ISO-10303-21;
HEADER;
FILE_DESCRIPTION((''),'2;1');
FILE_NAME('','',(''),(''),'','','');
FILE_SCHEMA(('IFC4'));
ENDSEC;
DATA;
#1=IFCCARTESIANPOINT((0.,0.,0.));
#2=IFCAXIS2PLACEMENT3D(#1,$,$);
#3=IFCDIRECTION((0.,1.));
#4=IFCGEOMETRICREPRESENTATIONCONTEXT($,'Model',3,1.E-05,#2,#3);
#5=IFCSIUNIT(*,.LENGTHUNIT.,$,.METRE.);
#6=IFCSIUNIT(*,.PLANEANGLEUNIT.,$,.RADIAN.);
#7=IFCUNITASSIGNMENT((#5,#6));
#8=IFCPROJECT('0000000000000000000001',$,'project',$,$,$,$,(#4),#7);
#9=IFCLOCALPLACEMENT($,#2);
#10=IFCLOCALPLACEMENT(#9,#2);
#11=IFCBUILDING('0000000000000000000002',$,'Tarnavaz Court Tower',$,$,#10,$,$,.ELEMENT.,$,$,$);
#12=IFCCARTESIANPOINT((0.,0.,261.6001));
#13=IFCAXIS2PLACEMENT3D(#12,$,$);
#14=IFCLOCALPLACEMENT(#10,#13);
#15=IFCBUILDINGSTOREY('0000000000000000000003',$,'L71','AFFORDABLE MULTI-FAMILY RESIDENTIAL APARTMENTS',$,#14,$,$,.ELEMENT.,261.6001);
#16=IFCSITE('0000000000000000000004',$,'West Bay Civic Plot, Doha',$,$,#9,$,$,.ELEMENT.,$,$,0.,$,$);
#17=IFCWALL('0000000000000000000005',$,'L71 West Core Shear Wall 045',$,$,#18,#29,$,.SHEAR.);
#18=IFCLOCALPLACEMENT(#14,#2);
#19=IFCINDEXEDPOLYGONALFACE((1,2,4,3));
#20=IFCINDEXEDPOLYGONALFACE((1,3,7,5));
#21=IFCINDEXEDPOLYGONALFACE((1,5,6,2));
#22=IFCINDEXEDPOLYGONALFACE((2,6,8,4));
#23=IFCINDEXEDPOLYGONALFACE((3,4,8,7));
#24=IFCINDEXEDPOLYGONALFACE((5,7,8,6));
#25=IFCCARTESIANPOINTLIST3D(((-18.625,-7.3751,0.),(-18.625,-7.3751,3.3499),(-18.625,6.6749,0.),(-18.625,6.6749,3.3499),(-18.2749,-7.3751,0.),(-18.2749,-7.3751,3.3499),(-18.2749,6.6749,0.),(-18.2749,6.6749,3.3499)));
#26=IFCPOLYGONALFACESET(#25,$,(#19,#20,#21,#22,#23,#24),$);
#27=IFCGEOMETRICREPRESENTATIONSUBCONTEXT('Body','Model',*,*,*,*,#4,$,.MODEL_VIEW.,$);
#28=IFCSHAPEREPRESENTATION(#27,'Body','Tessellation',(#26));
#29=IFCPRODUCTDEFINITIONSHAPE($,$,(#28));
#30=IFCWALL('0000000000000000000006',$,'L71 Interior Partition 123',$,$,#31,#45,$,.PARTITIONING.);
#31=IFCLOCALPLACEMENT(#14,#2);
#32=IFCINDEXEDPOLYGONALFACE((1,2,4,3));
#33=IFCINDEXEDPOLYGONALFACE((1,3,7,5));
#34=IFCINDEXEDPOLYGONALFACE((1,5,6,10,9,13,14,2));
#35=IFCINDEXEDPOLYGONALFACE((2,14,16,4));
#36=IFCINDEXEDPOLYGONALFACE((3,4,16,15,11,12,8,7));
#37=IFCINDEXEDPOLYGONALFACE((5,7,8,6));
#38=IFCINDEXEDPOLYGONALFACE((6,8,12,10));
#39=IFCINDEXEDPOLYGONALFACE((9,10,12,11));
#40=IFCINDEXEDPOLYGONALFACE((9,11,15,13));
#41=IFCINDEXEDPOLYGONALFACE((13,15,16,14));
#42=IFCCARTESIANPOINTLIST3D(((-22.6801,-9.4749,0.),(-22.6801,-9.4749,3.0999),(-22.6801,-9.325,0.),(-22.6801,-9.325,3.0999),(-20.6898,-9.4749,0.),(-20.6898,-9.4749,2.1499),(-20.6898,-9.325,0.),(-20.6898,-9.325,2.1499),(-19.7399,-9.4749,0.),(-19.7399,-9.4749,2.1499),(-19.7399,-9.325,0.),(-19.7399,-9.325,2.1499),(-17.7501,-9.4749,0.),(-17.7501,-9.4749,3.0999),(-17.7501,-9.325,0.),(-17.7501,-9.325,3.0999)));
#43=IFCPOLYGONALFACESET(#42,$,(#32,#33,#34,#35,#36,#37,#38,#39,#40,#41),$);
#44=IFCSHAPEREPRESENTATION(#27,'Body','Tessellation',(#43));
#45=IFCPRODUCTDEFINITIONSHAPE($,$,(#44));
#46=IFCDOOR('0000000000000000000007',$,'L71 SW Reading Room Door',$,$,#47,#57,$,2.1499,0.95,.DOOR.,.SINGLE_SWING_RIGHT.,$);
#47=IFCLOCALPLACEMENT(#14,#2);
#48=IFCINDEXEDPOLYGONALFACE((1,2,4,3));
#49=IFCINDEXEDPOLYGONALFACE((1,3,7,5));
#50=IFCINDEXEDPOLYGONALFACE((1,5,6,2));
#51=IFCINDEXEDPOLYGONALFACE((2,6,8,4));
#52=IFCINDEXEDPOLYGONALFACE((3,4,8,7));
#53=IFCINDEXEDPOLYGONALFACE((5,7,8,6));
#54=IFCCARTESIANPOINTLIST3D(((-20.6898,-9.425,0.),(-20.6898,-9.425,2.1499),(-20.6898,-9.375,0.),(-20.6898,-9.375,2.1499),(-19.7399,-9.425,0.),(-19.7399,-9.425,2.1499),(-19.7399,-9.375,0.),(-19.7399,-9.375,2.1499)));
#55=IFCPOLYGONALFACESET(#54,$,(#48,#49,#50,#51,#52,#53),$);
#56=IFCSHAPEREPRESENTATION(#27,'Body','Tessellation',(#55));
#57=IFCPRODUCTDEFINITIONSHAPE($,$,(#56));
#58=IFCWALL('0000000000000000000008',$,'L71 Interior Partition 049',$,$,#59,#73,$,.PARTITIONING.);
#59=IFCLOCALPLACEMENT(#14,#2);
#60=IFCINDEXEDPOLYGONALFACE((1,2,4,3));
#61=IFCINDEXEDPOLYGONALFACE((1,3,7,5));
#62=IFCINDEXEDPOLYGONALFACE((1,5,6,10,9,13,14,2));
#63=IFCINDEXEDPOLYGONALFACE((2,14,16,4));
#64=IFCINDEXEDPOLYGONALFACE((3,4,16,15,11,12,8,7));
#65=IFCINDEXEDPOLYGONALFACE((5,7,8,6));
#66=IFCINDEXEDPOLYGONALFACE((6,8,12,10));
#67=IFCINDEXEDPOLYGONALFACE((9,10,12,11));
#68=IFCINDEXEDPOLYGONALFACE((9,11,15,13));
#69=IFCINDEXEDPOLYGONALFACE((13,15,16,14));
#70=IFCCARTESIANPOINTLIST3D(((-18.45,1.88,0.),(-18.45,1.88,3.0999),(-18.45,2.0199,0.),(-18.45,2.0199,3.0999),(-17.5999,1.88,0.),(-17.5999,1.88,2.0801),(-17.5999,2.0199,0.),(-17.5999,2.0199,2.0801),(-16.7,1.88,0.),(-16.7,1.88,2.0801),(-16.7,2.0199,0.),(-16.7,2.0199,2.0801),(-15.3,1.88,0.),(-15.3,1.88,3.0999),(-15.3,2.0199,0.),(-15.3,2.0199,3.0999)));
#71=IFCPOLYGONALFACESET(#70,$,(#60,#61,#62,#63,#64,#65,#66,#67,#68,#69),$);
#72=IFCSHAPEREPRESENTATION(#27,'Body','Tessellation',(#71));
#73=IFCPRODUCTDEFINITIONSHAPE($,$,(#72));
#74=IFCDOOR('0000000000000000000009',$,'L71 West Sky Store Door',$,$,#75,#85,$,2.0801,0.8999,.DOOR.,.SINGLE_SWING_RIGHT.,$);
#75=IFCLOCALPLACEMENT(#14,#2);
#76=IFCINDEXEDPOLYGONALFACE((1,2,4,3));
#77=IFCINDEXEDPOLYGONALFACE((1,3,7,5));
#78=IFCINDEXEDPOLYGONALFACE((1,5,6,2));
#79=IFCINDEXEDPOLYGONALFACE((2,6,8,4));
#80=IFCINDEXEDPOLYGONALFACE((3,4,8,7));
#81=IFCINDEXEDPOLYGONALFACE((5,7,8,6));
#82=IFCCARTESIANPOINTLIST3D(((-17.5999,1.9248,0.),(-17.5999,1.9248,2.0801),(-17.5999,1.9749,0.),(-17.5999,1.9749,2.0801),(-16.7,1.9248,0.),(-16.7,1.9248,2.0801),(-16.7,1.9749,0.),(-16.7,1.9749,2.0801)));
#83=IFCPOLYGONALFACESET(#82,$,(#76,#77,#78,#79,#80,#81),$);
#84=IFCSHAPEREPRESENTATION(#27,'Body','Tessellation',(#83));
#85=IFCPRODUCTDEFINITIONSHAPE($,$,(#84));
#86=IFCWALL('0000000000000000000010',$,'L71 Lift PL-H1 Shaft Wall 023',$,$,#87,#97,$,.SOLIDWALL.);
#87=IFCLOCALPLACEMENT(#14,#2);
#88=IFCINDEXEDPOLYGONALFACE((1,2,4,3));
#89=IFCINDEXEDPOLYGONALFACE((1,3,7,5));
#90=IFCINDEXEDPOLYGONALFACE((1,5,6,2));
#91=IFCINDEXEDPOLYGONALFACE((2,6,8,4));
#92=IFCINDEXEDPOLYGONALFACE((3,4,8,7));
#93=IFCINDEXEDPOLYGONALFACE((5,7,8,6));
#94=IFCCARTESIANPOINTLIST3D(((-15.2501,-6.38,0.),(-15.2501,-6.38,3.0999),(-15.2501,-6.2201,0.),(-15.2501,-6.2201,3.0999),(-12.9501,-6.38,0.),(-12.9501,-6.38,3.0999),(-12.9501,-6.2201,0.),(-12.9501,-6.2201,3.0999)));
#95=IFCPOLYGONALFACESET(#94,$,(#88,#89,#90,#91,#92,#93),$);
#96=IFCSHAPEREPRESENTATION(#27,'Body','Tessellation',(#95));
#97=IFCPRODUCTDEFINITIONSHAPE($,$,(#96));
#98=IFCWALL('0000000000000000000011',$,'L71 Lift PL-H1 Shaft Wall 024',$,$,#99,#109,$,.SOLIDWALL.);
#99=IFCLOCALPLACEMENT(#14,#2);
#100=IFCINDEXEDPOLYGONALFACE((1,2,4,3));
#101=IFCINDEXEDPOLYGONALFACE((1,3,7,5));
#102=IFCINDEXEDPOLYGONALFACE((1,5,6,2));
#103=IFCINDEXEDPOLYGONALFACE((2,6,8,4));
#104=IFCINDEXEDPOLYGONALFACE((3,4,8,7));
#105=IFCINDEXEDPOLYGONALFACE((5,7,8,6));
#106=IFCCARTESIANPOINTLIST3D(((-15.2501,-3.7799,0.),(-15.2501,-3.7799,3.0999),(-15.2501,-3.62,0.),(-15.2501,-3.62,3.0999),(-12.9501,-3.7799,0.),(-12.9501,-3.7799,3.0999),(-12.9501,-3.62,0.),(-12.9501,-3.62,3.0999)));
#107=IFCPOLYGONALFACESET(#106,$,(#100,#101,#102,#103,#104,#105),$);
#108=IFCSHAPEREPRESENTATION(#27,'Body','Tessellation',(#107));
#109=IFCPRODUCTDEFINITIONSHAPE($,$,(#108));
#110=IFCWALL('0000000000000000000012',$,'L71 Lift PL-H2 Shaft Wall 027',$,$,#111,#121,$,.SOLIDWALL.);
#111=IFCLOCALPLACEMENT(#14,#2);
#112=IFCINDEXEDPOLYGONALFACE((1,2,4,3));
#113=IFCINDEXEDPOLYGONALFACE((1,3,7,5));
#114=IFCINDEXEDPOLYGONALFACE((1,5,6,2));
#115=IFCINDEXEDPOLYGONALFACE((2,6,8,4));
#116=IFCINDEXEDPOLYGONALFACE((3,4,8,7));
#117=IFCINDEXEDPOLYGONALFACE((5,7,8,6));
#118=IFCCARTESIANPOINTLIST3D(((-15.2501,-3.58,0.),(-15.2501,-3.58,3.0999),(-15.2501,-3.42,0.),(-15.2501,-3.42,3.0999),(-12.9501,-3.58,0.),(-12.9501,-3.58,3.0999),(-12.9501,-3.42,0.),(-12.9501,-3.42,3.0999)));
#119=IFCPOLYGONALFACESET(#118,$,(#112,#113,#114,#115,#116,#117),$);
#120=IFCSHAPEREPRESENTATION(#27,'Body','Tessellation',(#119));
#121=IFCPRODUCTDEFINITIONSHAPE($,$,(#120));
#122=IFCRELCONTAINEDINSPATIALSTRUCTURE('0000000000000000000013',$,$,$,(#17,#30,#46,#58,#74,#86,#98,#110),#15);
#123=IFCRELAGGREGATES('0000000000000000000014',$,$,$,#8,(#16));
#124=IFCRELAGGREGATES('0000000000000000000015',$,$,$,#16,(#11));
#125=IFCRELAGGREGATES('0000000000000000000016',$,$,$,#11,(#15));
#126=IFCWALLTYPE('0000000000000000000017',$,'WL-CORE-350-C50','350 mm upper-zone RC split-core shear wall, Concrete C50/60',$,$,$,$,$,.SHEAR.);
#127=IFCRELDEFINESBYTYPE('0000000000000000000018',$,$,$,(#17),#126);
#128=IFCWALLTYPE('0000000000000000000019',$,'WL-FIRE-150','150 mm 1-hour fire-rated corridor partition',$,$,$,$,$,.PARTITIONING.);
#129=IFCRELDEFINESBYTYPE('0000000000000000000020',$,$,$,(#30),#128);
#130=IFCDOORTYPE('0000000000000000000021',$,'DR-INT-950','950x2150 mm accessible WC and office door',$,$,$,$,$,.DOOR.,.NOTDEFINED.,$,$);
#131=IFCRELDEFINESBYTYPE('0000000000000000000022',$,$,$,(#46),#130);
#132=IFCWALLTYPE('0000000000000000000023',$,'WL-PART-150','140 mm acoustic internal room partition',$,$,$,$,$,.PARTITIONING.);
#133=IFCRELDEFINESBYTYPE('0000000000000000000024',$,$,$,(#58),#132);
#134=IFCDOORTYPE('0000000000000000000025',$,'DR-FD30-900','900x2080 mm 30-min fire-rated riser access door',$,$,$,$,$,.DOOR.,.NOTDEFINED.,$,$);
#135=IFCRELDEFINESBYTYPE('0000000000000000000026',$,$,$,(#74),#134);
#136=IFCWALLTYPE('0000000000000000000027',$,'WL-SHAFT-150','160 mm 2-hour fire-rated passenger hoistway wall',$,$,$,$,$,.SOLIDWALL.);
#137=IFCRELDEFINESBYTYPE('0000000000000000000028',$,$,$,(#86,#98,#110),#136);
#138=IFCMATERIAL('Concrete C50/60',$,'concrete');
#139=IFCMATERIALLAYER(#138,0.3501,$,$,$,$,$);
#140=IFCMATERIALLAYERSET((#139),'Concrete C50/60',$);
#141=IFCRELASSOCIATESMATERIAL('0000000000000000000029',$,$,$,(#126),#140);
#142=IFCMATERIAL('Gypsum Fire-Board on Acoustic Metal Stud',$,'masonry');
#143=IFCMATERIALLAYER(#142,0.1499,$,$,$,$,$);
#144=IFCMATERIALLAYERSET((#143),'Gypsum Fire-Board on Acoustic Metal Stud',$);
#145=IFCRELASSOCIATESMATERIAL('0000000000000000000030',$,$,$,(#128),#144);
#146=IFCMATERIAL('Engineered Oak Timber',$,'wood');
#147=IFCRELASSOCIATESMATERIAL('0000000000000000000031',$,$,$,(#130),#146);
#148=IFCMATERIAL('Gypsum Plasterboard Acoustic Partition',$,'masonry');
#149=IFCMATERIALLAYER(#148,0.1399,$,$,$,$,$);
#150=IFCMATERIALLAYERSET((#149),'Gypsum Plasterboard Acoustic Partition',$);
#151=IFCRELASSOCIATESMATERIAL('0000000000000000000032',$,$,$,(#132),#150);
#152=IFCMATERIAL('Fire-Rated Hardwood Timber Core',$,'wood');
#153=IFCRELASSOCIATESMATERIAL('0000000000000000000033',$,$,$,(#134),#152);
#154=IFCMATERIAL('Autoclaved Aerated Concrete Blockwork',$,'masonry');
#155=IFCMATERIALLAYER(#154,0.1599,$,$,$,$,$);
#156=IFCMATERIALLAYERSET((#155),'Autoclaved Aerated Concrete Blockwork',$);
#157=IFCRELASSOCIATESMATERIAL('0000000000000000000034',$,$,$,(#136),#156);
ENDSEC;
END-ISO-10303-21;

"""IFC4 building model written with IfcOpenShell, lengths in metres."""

from ifc_helpers import new_model, si_unit, direction, frame, frame_2d, origin, place, context, subcontext, project, spatial, rectangle, extrude, material, layer, layer_set, type_object, element, fill, save


model = new_model("IFC4")

# Units and contexts
model_context = context("Model", 3, precision=1e-05, world=origin(), true_north=direction((0.0, 1.0)))
body_context = subcontext(model_context, "Body", "Model", "MODEL_VIEW")
ifc_project = project(units=[si_unit("LENGTHUNIT", "METRE"), si_unit("PLANEANGLEUNIT", "RADIAN")], contexts=[model_context])

# Site, building, storey
site_placement = place(None, origin())
site = spatial("IfcSite", under=ifc_project, at=site_placement, Name="West Bay Civic Plot, Doha", CompositionType="ELEMENT", RefElevation=0.0)
building_placement = place(site_placement, origin())
building = spatial("IfcBuilding", under=site, at=building_placement, Name="Tarnavaz Court Tower", CompositionType="ELEMENT")
storey_placement = place(building_placement, frame((0.0, 0.0, 261.6001)))
storey = spatial("IfcBuildingStorey", under=building, at=storey_placement, Name="L71", Description="AFFORDABLE MULTI-FAMILY RESIDENTIAL APARTMENTS", CompositionType="ELEMENT", Elevation=261.6001)

# Shared definitions
ifc_material_1 = material(Name="Concrete C50/60", Category="concrete")

# Wall
ifc_layer_1 = layer(ifc_material_1, 0.3501)
ifc_layer_set_1 = layer_set([ifc_layer_1], Name="Concrete C50/60")
wall_type_1 = type_object("IfcWallType", Name="WL-CORE-350-C50", Description="350 mm upper-zone RC split-core shear wall, Concrete C50/60", PredefinedType="SHEAR", material=ifc_layer_set_1)
wall_1_placement = place(storey_placement, frame((-18.45, -7.375, 0.0), z_axis=(0.0, 0.0, 1.0), x_axis=(0.0, 1.0, 0.0)))
element("IfcWall", 1, at=wall_1_placement, inside=storey, type_object=wall_type_1, Name="L71 West Core Shear Wall 045", PredefinedType="SHEAR", context=body_context, shape_type="SweptSolid", body=[
    extrude(rectangle(XDim=14.05, YDim=0.3501, at=frame_2d((7.0249, 0.0))), origin(), (0.0, 0.0, 1.0), 3.3499),
])

# Shared definitions
ifc_material_2 = material(Name="Fire-Rated Hardwood Timber Core", Category="wood")

# Shared definitions
ifc_material_3 = material(Name="Gypsum Fire-Board on Acoustic Metal Stud", Category="masonry")
ifc_layer_2 = layer(ifc_material_3, 0.1499)
ifc_layer_set_2 = layer_set([ifc_layer_2], Name="Gypsum Fire-Board on Acoustic Metal Stud")
wall_type_2 = type_object("IfcWallType", Name="WL-FIRE-150", Description="150 mm 1-hour fire-rated corridor partition", PredefinedType="PARTITIONING", material=ifc_layer_set_2)

# Walls, openings, doors
ifc_material_4 = material(Name="Engineered Oak Timber", Category="wood")
wall_2_placement = place(storey_placement, frame((-22.6799, -9.3999, 0.0), z_axis=(0.0, 0.0, 1.0), x_axis=(1.0, 0.0, 0.0)))
wall_2 = element("IfcWall", 2, at=wall_2_placement, inside=storey, type_object=wall_type_2, Name="L71 Interior Partition 123", PredefinedType="PARTITIONING", context=body_context, shape_type="SweptSolid", body=[
    extrude(rectangle(XDim=4.9299, YDim=0.1499, at=frame_2d((2.4648, 0.0))), origin(), (0.0, 0.0, 1.0), 3.0999),
])
opening_1_placement = place(wall_2_placement, frame((1.99, 0.0, 0.0)))
opening_1 = element("IfcOpeningElement", 3, at=opening_1_placement, cuts=wall_2, PredefinedType="OPENING", context=body_context, shape_type="SweptSolid", body=[
    extrude(rectangle(XDim=0.95, YDim=2.1499, at=frame_2d((0.4751, 1.075))), frame((0.0, 0.085, 0.0), z_axis=(0.0, -1.0, 0.0), x_axis=(1.0, 0.0, 0.0)), (0.0, 0.0, 1.0), 0.1699),
])
door_type_1 = type_object("IfcDoorType", Name="DR-INT-950", Description="950x2150 mm accessible WC and office door", OperationType="NOTDEFINED", PredefinedType="DOOR", material=ifc_material_4)
door_1_placement = place(opening_1_placement, origin())
door_1 = element("IfcDoor", 4, at=door_1_placement, inside=storey, type_object=door_type_1, Name="L71 SW Reading Room Door", OperationType="SINGLE_SWING_RIGHT", OverallHeight=2.1499, OverallWidth=0.95, PredefinedType="DOOR", context=body_context, shape_type="SweptSolid", body=[
    extrude(rectangle(XDim=0.95, YDim=2.1499, at=frame_2d((0.4751, 1.075))), frame((0.0, 0.0249, 0.0), z_axis=(0.0, -1.0, 0.0), x_axis=(1.0, 0.0, 0.0)), (0.0, 0.0, 1.0), 0.05),
])
fill(opening_1, door_1)
ifc_material_5 = material(Name="Gypsum Plasterboard Acoustic Partition", Category="masonry")
ifc_layer_3 = layer(ifc_material_5, 0.1399)
ifc_layer_set_3 = layer_set([ifc_layer_3], Name="Gypsum Plasterboard Acoustic Partition")
wall_type_3 = type_object("IfcWallType", Name="WL-PART-150", Description="140 mm acoustic internal room partition", PredefinedType="PARTITIONING", material=ifc_layer_set_3)
wall_3_placement = place(storey_placement, frame((-18.45, 1.95, 0.0), z_axis=(0.0, 0.0, 1.0), x_axis=(1.0, 0.0, 0.0)))
wall_3 = element("IfcWall", 5, at=wall_3_placement, inside=storey, type_object=wall_type_3, Name="L71 Interior Partition 049", PredefinedType="PARTITIONING", context=body_context, shape_type="SweptSolid", body=[
    extrude(rectangle(XDim=3.1499, YDim=0.1399, at=frame_2d((1.575, 0.0))), origin(), (0.0, 0.0, 1.0), 3.0999),
])
opening_2_placement = place(wall_3_placement, frame((0.8501, 0.0, 0.0)))
opening_2 = element("IfcOpeningElement", 6, at=opening_2_placement, cuts=wall_3, PredefinedType="OPENING", context=body_context, shape_type="SweptSolid", body=[
    extrude(rectangle(XDim=0.8999, YDim=2.0801, at=frame_2d((0.45, 1.04))), frame((0.0, 0.0798, 0.0), z_axis=(0.0, -1.0, 0.0), x_axis=(1.0, 0.0, 0.0)), (0.0, 0.0, 1.0), 0.1599),
])
door_type_2 = type_object("IfcDoorType", Name="DR-FD30-900", Description="900x2080 mm 30-min fire-rated riser access door", OperationType="NOTDEFINED", PredefinedType="DOOR", material=ifc_material_2)
door_2_placement = place(opening_2_placement, origin())
door_2 = element("IfcDoor", 7, at=door_2_placement, inside=storey, type_object=door_type_2, Name="L71 West Sky Store Door", OperationType="SINGLE_SWING_RIGHT", OverallHeight=2.0801, OverallWidth=0.8999, PredefinedType="DOOR", context=body_context, shape_type="SweptSolid", body=[
    extrude(rectangle(XDim=0.8999, YDim=2.0801, at=frame_2d((0.45, 1.04))), frame((0.0, 0.0249, 0.0), z_axis=(0.0, -1.0, 0.0), x_axis=(1.0, 0.0, 0.0)), (0.0, 0.0, 1.0), 0.05),
])
fill(opening_2, door_2)
ifc_material_6 = material(Name="Autoclaved Aerated Concrete Blockwork", Category="masonry")
ifc_layer_4 = layer(ifc_material_6, 0.1599)
ifc_layer_set_4 = layer_set([ifc_layer_4], Name="Autoclaved Aerated Concrete Blockwork")
wall_type_4 = type_object("IfcWallType", Name="WL-SHAFT-150", Description="160 mm 2-hour fire-rated passenger hoistway wall", PredefinedType="SOLIDWALL", material=ifc_layer_set_4)

# Walls
for number, where, z_axis, x_axis, name in (
    (8, (-15.25, -6.3, 0.0), (0.0, 0.0, 1.0), (1.0, 0.0, 0.0), "L71 Lift PL-H1 Shaft Wall 023"),
    (9, (-15.25, -3.7, 0.0), (0.0, 0.0, 1.0), (1.0, 0.0, 0.0), "L71 Lift PL-H1 Shaft Wall 024"),
):
    element("IfcWall", number, at=place(storey_placement, frame(where, z_axis=z_axis, x_axis=x_axis)), inside=storey, type_object=wall_type_4, Name=name, PredefinedType="SOLIDWALL", context=body_context, shape_type="SweptSolid", body=[
        extrude(rectangle(XDim=2.3, YDim=0.1599, at=frame_2d((1.1499, 0.0))), origin(), (0.0, 0.0, 1.0), 3.0999),
    ])

# Wall
wall_4_placement = place(storey_placement, frame((-15.25, -3.5, 0.0), z_axis=(0.0, 0.0, 1.0), x_axis=(1.0, 0.0, 0.0)))
element("IfcWall", 10, at=wall_4_placement, inside=storey, type_object=wall_type_4, Name="L71 Lift PL-H2 Shaft Wall 027", PredefinedType="SOLIDWALL", context=body_context, shape_type="SweptSolid", body=[
    extrude(rectangle(XDim=2.3, YDim=0.1599, at=frame_2d((1.1499, 0.0))), origin(), (0.0, 0.0, 1.0), 3.0999),
])

save(model, "model.ifc")
